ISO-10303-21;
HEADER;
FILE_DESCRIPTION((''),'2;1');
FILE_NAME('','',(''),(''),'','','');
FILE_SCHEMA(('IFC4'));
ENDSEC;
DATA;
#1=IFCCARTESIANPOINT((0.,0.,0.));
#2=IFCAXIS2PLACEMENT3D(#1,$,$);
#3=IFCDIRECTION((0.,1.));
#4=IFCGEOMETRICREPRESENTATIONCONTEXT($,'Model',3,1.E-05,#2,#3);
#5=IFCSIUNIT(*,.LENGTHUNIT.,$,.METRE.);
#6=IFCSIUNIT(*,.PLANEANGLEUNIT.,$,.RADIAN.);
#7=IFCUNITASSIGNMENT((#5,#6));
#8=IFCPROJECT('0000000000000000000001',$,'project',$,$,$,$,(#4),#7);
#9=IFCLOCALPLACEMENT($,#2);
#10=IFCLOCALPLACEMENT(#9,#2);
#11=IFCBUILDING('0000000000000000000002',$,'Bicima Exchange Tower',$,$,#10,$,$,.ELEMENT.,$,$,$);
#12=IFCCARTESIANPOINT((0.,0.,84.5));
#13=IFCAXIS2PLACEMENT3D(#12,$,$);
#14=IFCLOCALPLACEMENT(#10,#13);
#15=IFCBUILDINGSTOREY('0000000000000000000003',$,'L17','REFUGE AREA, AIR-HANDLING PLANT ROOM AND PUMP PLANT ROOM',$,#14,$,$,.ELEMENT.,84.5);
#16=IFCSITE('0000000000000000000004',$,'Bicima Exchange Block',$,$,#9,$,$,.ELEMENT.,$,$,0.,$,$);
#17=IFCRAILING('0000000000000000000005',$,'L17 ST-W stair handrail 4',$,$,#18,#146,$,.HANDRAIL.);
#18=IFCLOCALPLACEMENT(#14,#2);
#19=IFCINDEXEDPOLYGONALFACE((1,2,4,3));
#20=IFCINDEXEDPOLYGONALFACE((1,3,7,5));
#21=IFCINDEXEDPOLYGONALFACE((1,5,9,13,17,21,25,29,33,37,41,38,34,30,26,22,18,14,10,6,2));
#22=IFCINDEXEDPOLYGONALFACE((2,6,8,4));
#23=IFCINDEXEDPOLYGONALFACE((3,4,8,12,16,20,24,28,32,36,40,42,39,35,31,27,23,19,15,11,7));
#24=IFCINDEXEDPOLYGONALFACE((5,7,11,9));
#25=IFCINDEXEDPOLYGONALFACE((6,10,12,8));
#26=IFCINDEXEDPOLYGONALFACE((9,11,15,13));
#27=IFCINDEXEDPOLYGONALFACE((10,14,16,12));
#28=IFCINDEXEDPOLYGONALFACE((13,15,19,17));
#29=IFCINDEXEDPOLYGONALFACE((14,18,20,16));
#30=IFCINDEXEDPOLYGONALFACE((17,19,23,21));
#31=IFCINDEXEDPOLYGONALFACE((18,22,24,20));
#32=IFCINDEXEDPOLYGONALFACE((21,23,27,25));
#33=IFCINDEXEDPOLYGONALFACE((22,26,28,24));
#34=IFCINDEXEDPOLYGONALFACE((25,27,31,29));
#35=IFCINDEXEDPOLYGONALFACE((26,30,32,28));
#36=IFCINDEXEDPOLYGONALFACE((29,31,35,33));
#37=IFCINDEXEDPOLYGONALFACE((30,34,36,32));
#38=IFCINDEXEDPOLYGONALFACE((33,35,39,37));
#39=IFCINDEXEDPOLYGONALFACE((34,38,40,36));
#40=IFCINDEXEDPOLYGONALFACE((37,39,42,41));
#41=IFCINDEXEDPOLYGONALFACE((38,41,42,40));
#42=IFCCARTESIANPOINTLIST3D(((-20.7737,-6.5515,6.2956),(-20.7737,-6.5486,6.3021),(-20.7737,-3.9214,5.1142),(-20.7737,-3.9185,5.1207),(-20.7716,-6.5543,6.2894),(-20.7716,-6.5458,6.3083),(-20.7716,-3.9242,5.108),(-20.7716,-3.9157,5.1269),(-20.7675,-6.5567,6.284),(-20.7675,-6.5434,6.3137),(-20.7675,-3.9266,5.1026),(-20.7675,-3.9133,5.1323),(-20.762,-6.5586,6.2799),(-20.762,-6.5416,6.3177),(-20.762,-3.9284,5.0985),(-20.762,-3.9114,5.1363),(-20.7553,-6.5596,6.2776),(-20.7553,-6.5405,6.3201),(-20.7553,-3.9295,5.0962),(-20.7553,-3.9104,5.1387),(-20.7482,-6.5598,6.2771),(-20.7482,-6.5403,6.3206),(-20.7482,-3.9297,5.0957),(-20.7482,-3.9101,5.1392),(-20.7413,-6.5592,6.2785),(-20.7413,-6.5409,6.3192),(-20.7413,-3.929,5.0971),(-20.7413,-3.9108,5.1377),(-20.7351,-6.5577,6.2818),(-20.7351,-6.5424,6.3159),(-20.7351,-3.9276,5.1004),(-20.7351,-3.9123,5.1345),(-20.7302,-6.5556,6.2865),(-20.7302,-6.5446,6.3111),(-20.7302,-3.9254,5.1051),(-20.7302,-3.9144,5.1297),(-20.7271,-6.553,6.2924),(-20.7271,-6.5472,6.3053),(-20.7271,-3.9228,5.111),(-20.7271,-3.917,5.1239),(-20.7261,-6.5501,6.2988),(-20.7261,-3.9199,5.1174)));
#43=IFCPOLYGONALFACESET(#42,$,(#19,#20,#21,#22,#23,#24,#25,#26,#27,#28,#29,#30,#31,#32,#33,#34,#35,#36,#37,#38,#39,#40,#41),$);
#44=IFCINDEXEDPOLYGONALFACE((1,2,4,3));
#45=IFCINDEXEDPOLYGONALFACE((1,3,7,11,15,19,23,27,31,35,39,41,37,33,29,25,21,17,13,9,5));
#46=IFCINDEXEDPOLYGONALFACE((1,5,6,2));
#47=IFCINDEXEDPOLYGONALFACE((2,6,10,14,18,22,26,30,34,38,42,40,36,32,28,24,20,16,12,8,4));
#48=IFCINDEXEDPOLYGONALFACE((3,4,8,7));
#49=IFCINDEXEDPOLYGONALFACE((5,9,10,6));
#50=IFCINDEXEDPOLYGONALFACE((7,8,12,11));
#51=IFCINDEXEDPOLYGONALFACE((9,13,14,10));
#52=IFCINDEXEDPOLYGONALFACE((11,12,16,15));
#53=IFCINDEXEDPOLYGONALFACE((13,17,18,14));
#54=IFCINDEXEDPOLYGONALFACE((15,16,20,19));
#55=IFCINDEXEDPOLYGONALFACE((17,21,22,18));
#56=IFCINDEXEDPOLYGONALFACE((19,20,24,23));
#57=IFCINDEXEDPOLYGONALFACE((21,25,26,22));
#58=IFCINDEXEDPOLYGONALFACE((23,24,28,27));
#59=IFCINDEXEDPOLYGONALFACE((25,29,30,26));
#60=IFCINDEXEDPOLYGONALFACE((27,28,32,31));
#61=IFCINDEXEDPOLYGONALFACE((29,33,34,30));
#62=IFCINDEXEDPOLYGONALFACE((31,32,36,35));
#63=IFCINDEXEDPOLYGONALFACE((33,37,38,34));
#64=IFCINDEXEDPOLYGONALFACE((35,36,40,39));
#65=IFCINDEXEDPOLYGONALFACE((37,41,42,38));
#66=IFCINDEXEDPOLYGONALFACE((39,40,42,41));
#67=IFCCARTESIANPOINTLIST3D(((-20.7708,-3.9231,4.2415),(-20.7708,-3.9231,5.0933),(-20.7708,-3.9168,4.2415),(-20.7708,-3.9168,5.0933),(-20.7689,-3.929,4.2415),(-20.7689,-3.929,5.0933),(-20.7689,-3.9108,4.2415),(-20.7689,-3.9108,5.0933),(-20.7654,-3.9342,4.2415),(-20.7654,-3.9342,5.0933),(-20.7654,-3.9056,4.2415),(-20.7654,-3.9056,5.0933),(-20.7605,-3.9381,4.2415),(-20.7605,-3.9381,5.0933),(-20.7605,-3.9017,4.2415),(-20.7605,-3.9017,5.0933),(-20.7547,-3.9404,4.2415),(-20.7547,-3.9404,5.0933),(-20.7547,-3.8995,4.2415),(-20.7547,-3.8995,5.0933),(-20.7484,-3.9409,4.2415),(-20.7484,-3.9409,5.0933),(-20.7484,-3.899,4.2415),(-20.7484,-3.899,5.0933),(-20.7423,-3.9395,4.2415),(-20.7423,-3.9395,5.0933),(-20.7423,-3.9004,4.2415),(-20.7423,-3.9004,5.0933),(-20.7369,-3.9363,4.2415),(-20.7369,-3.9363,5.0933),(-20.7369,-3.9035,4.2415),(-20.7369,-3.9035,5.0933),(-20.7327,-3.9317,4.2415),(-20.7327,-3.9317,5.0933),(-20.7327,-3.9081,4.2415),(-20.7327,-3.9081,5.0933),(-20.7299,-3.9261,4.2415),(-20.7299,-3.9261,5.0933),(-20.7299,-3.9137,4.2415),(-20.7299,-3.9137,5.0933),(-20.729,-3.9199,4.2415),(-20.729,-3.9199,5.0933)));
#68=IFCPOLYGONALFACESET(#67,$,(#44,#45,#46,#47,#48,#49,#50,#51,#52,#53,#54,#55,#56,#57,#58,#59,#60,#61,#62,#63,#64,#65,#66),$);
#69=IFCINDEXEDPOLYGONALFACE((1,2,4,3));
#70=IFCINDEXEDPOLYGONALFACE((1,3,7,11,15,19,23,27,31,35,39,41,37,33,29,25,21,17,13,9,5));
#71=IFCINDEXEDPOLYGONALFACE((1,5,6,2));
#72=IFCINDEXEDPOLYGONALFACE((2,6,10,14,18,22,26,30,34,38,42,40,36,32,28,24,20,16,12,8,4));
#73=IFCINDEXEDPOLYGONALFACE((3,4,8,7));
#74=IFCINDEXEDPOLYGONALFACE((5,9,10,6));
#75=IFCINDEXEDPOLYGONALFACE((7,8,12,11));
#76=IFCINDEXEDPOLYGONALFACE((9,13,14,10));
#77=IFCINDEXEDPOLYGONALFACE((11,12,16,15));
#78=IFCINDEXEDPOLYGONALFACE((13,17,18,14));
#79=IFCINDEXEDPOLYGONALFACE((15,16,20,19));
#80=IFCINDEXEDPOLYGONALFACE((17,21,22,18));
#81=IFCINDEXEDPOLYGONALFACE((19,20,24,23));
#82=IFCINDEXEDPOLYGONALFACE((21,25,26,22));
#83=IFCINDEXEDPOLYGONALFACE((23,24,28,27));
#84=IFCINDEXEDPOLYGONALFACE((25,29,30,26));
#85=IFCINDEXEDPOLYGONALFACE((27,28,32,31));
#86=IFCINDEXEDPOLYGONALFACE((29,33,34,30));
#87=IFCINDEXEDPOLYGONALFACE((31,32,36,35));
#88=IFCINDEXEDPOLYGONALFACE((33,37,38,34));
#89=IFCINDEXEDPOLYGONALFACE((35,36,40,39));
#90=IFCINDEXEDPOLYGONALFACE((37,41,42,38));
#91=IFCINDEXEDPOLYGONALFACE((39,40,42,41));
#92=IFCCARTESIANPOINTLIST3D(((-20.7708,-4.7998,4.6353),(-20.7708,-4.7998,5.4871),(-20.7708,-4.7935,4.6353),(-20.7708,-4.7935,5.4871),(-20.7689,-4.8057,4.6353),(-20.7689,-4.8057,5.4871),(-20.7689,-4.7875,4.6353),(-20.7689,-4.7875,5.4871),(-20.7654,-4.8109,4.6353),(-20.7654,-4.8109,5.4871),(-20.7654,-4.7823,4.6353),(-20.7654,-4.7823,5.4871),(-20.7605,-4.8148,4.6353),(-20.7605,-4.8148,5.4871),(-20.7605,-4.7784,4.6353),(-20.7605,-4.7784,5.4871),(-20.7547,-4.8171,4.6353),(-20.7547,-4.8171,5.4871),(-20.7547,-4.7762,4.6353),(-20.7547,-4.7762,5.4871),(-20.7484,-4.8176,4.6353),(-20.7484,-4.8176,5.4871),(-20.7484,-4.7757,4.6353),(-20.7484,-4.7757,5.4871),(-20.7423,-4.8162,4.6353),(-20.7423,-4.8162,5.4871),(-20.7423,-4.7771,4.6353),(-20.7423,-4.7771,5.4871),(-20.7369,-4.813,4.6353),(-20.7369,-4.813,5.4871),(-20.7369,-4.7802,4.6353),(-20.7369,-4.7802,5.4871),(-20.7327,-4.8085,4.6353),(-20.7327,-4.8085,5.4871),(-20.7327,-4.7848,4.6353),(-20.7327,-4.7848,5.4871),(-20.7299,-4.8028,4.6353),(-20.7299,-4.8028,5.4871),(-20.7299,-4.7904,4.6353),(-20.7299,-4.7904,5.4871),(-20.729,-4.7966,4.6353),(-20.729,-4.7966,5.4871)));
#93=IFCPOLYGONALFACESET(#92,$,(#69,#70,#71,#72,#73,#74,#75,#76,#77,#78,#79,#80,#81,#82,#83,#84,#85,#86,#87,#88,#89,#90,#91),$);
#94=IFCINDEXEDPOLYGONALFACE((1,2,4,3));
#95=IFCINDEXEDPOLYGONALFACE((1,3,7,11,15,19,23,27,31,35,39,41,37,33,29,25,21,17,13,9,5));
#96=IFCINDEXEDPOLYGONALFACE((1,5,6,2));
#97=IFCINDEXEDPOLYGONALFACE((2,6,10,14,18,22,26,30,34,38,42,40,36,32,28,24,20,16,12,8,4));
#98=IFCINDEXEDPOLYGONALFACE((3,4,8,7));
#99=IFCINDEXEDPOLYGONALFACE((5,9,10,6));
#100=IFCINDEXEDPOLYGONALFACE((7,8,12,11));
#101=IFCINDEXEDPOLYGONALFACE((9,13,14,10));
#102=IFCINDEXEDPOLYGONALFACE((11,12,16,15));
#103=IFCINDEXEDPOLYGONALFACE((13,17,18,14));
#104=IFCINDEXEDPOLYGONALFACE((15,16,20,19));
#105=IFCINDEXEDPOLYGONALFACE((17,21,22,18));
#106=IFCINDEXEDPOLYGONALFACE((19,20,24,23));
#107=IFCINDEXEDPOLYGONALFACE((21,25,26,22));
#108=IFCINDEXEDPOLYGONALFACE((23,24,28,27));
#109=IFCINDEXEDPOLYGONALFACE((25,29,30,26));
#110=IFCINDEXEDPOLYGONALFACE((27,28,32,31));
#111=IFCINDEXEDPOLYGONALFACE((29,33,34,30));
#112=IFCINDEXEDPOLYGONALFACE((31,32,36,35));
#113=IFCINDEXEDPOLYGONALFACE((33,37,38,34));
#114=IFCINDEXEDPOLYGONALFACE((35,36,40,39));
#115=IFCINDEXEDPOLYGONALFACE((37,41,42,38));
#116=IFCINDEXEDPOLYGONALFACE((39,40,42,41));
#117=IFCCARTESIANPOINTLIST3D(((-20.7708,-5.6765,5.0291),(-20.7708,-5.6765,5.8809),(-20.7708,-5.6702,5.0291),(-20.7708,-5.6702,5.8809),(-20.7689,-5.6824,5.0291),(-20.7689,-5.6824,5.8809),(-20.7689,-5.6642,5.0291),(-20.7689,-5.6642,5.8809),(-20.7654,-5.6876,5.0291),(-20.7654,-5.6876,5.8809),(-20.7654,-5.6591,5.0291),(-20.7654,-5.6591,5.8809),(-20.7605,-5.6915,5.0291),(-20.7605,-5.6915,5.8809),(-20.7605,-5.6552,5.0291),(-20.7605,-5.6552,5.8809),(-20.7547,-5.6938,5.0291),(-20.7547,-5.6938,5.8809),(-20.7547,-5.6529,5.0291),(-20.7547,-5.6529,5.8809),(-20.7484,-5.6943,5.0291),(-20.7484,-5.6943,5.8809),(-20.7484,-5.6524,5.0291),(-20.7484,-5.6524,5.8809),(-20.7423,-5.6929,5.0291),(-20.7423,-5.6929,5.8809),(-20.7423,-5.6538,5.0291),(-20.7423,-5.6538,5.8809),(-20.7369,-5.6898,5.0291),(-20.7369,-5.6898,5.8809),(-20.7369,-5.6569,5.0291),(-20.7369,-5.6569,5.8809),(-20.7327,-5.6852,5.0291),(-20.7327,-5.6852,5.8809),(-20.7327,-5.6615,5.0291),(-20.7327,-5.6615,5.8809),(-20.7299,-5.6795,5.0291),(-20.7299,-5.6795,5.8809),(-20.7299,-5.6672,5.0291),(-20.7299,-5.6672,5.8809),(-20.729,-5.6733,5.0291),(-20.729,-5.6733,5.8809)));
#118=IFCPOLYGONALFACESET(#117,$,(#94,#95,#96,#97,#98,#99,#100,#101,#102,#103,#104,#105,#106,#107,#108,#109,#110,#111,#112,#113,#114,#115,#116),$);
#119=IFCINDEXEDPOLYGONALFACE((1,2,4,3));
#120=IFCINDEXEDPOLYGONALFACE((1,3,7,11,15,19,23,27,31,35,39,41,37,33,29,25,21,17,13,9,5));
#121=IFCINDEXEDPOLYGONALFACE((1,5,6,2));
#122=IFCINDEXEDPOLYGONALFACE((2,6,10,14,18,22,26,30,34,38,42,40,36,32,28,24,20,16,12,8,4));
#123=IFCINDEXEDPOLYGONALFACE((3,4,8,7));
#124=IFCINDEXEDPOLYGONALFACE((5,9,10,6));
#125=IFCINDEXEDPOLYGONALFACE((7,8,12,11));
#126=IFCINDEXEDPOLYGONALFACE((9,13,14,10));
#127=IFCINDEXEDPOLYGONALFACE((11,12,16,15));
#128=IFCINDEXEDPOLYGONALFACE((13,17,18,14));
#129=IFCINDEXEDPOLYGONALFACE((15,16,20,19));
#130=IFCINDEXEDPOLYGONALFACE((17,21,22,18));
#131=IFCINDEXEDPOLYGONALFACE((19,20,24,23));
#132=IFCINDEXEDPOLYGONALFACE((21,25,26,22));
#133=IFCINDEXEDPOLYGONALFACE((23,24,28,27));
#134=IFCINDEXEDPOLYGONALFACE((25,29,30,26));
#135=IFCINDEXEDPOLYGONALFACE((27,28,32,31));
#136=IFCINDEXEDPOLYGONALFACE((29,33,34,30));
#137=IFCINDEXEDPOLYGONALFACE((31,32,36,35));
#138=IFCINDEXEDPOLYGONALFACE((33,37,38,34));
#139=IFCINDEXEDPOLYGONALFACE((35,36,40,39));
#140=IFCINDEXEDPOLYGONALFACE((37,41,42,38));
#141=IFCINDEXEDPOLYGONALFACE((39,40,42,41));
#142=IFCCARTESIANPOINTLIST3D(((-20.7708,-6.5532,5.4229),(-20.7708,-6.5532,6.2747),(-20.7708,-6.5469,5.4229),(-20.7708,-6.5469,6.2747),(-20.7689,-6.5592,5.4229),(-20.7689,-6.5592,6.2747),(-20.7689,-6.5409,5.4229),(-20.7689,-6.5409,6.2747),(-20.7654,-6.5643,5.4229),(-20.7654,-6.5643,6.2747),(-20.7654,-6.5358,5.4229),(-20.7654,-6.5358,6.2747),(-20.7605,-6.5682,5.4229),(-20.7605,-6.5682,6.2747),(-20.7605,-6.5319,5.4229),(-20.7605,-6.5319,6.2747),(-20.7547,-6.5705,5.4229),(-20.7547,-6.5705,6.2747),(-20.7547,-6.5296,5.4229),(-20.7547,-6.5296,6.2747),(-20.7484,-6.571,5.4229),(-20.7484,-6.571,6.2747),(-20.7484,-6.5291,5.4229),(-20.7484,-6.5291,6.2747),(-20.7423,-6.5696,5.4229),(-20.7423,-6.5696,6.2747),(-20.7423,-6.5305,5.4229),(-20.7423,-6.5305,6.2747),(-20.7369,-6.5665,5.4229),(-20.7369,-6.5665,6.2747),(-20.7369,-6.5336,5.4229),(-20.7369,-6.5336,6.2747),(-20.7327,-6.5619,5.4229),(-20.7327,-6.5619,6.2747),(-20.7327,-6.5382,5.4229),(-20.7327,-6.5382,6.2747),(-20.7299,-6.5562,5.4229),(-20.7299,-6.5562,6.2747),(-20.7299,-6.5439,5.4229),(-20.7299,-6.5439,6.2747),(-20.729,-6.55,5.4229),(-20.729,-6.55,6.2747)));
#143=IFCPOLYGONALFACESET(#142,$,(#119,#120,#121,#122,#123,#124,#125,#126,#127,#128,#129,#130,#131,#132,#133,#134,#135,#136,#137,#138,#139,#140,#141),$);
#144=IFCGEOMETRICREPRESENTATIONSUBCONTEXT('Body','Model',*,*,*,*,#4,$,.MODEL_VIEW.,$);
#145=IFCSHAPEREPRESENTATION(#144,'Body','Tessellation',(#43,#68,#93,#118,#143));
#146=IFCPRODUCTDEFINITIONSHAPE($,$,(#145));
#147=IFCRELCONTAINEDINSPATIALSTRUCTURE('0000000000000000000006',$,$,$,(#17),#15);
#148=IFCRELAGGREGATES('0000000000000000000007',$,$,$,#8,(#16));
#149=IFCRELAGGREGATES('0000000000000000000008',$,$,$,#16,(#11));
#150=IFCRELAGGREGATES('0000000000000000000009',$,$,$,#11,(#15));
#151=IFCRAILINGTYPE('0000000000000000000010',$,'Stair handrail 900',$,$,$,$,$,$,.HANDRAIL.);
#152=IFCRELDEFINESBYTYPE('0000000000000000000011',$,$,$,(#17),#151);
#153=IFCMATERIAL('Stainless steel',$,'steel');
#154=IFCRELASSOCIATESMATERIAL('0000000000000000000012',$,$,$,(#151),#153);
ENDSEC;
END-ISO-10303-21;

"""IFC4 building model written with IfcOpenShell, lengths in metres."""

from ifc_helpers import new_model, si_unit, direction, frame, origin, origin_2d, place, context, subcontext, project, spatial, circle, extrude, material, type_object, element, save


model = new_model("IFC4")

# Units and contexts
model_context = context("Model", 3, precision=1e-05, world=origin(), true_north=direction((0.0, 1.0)))
body_context = subcontext(model_context, "Body", "Model", "MODEL_VIEW")
ifc_project = project(units=[si_unit("LENGTHUNIT", "METRE"), si_unit("PLANEANGLEUNIT", "RADIAN")], contexts=[model_context])

# Site, building, storey
site_placement = place(None, origin())
site = spatial("IfcSite", under=ifc_project, at=site_placement, Name="Bicima Exchange Block", CompositionType="ELEMENT", RefElevation=0.0)
building_placement = place(site_placement, origin())
building = spatial("IfcBuilding", under=site, at=building_placement, Name="Bicima Exchange Tower", CompositionType="ELEMENT")
storey_placement = place(building_placement, frame((0.0, 0.0, 84.5)))
storey = spatial("IfcBuildingStorey", under=building, at=storey_placement, Name="L17", Description="REFUGE AREA, AIR-HANDLING PLANT ROOM AND PUMP PLANT ROOM", CompositionType="ELEMENT", Elevation=84.5)

# Shared definitions
ifc_material_1 = material(Name="Stainless steel", Category="steel")

# Railing
railing_type = type_object("IfcRailingType", Name="Stair handrail 900", PredefinedType="HANDRAIL", material=ifc_material_1)
railing_1_placement = place(storey_placement, frame((-20.75, -3.9199, 4.2415)))
element("IfcRailing", 1, at=railing_1_placement, inside=storey, type_object=railing_type, Name="L17 ST-W stair handrail 4", PredefinedType="HANDRAIL", context=body_context, shape_type="SweptSolid", body=[
    extrude(circle(Radius=0.0239, at=origin_2d()), frame((0.0, 0.0, 0.876), z_axis=(0.0, -0.912202, 0.409741), x_axis=(1.0, 0.0, 0.0)), (0.0, 0.0, 1.0), 2.8833),
    extrude(circle(Radius=0.021, at=origin_2d()), origin(), (0.0, 0.0, 1.0), 0.8518),
    extrude(circle(Radius=0.021, at=origin_2d()), frame((0.0, -0.8767, 0.3938)), (0.0, 0.0, 1.0), 0.8518),
    extrude(circle(Radius=0.021, at=origin_2d()), frame((0.0, -1.7534, 0.7876)), (0.0, 0.0, 1.0), 0.8518),
    extrude(circle(Radius=0.021, at=origin_2d()), frame((0.0, -2.6301, 1.1814)), (0.0, 0.0, 1.0), 0.8518),
])

save(model, "model.ifc")
